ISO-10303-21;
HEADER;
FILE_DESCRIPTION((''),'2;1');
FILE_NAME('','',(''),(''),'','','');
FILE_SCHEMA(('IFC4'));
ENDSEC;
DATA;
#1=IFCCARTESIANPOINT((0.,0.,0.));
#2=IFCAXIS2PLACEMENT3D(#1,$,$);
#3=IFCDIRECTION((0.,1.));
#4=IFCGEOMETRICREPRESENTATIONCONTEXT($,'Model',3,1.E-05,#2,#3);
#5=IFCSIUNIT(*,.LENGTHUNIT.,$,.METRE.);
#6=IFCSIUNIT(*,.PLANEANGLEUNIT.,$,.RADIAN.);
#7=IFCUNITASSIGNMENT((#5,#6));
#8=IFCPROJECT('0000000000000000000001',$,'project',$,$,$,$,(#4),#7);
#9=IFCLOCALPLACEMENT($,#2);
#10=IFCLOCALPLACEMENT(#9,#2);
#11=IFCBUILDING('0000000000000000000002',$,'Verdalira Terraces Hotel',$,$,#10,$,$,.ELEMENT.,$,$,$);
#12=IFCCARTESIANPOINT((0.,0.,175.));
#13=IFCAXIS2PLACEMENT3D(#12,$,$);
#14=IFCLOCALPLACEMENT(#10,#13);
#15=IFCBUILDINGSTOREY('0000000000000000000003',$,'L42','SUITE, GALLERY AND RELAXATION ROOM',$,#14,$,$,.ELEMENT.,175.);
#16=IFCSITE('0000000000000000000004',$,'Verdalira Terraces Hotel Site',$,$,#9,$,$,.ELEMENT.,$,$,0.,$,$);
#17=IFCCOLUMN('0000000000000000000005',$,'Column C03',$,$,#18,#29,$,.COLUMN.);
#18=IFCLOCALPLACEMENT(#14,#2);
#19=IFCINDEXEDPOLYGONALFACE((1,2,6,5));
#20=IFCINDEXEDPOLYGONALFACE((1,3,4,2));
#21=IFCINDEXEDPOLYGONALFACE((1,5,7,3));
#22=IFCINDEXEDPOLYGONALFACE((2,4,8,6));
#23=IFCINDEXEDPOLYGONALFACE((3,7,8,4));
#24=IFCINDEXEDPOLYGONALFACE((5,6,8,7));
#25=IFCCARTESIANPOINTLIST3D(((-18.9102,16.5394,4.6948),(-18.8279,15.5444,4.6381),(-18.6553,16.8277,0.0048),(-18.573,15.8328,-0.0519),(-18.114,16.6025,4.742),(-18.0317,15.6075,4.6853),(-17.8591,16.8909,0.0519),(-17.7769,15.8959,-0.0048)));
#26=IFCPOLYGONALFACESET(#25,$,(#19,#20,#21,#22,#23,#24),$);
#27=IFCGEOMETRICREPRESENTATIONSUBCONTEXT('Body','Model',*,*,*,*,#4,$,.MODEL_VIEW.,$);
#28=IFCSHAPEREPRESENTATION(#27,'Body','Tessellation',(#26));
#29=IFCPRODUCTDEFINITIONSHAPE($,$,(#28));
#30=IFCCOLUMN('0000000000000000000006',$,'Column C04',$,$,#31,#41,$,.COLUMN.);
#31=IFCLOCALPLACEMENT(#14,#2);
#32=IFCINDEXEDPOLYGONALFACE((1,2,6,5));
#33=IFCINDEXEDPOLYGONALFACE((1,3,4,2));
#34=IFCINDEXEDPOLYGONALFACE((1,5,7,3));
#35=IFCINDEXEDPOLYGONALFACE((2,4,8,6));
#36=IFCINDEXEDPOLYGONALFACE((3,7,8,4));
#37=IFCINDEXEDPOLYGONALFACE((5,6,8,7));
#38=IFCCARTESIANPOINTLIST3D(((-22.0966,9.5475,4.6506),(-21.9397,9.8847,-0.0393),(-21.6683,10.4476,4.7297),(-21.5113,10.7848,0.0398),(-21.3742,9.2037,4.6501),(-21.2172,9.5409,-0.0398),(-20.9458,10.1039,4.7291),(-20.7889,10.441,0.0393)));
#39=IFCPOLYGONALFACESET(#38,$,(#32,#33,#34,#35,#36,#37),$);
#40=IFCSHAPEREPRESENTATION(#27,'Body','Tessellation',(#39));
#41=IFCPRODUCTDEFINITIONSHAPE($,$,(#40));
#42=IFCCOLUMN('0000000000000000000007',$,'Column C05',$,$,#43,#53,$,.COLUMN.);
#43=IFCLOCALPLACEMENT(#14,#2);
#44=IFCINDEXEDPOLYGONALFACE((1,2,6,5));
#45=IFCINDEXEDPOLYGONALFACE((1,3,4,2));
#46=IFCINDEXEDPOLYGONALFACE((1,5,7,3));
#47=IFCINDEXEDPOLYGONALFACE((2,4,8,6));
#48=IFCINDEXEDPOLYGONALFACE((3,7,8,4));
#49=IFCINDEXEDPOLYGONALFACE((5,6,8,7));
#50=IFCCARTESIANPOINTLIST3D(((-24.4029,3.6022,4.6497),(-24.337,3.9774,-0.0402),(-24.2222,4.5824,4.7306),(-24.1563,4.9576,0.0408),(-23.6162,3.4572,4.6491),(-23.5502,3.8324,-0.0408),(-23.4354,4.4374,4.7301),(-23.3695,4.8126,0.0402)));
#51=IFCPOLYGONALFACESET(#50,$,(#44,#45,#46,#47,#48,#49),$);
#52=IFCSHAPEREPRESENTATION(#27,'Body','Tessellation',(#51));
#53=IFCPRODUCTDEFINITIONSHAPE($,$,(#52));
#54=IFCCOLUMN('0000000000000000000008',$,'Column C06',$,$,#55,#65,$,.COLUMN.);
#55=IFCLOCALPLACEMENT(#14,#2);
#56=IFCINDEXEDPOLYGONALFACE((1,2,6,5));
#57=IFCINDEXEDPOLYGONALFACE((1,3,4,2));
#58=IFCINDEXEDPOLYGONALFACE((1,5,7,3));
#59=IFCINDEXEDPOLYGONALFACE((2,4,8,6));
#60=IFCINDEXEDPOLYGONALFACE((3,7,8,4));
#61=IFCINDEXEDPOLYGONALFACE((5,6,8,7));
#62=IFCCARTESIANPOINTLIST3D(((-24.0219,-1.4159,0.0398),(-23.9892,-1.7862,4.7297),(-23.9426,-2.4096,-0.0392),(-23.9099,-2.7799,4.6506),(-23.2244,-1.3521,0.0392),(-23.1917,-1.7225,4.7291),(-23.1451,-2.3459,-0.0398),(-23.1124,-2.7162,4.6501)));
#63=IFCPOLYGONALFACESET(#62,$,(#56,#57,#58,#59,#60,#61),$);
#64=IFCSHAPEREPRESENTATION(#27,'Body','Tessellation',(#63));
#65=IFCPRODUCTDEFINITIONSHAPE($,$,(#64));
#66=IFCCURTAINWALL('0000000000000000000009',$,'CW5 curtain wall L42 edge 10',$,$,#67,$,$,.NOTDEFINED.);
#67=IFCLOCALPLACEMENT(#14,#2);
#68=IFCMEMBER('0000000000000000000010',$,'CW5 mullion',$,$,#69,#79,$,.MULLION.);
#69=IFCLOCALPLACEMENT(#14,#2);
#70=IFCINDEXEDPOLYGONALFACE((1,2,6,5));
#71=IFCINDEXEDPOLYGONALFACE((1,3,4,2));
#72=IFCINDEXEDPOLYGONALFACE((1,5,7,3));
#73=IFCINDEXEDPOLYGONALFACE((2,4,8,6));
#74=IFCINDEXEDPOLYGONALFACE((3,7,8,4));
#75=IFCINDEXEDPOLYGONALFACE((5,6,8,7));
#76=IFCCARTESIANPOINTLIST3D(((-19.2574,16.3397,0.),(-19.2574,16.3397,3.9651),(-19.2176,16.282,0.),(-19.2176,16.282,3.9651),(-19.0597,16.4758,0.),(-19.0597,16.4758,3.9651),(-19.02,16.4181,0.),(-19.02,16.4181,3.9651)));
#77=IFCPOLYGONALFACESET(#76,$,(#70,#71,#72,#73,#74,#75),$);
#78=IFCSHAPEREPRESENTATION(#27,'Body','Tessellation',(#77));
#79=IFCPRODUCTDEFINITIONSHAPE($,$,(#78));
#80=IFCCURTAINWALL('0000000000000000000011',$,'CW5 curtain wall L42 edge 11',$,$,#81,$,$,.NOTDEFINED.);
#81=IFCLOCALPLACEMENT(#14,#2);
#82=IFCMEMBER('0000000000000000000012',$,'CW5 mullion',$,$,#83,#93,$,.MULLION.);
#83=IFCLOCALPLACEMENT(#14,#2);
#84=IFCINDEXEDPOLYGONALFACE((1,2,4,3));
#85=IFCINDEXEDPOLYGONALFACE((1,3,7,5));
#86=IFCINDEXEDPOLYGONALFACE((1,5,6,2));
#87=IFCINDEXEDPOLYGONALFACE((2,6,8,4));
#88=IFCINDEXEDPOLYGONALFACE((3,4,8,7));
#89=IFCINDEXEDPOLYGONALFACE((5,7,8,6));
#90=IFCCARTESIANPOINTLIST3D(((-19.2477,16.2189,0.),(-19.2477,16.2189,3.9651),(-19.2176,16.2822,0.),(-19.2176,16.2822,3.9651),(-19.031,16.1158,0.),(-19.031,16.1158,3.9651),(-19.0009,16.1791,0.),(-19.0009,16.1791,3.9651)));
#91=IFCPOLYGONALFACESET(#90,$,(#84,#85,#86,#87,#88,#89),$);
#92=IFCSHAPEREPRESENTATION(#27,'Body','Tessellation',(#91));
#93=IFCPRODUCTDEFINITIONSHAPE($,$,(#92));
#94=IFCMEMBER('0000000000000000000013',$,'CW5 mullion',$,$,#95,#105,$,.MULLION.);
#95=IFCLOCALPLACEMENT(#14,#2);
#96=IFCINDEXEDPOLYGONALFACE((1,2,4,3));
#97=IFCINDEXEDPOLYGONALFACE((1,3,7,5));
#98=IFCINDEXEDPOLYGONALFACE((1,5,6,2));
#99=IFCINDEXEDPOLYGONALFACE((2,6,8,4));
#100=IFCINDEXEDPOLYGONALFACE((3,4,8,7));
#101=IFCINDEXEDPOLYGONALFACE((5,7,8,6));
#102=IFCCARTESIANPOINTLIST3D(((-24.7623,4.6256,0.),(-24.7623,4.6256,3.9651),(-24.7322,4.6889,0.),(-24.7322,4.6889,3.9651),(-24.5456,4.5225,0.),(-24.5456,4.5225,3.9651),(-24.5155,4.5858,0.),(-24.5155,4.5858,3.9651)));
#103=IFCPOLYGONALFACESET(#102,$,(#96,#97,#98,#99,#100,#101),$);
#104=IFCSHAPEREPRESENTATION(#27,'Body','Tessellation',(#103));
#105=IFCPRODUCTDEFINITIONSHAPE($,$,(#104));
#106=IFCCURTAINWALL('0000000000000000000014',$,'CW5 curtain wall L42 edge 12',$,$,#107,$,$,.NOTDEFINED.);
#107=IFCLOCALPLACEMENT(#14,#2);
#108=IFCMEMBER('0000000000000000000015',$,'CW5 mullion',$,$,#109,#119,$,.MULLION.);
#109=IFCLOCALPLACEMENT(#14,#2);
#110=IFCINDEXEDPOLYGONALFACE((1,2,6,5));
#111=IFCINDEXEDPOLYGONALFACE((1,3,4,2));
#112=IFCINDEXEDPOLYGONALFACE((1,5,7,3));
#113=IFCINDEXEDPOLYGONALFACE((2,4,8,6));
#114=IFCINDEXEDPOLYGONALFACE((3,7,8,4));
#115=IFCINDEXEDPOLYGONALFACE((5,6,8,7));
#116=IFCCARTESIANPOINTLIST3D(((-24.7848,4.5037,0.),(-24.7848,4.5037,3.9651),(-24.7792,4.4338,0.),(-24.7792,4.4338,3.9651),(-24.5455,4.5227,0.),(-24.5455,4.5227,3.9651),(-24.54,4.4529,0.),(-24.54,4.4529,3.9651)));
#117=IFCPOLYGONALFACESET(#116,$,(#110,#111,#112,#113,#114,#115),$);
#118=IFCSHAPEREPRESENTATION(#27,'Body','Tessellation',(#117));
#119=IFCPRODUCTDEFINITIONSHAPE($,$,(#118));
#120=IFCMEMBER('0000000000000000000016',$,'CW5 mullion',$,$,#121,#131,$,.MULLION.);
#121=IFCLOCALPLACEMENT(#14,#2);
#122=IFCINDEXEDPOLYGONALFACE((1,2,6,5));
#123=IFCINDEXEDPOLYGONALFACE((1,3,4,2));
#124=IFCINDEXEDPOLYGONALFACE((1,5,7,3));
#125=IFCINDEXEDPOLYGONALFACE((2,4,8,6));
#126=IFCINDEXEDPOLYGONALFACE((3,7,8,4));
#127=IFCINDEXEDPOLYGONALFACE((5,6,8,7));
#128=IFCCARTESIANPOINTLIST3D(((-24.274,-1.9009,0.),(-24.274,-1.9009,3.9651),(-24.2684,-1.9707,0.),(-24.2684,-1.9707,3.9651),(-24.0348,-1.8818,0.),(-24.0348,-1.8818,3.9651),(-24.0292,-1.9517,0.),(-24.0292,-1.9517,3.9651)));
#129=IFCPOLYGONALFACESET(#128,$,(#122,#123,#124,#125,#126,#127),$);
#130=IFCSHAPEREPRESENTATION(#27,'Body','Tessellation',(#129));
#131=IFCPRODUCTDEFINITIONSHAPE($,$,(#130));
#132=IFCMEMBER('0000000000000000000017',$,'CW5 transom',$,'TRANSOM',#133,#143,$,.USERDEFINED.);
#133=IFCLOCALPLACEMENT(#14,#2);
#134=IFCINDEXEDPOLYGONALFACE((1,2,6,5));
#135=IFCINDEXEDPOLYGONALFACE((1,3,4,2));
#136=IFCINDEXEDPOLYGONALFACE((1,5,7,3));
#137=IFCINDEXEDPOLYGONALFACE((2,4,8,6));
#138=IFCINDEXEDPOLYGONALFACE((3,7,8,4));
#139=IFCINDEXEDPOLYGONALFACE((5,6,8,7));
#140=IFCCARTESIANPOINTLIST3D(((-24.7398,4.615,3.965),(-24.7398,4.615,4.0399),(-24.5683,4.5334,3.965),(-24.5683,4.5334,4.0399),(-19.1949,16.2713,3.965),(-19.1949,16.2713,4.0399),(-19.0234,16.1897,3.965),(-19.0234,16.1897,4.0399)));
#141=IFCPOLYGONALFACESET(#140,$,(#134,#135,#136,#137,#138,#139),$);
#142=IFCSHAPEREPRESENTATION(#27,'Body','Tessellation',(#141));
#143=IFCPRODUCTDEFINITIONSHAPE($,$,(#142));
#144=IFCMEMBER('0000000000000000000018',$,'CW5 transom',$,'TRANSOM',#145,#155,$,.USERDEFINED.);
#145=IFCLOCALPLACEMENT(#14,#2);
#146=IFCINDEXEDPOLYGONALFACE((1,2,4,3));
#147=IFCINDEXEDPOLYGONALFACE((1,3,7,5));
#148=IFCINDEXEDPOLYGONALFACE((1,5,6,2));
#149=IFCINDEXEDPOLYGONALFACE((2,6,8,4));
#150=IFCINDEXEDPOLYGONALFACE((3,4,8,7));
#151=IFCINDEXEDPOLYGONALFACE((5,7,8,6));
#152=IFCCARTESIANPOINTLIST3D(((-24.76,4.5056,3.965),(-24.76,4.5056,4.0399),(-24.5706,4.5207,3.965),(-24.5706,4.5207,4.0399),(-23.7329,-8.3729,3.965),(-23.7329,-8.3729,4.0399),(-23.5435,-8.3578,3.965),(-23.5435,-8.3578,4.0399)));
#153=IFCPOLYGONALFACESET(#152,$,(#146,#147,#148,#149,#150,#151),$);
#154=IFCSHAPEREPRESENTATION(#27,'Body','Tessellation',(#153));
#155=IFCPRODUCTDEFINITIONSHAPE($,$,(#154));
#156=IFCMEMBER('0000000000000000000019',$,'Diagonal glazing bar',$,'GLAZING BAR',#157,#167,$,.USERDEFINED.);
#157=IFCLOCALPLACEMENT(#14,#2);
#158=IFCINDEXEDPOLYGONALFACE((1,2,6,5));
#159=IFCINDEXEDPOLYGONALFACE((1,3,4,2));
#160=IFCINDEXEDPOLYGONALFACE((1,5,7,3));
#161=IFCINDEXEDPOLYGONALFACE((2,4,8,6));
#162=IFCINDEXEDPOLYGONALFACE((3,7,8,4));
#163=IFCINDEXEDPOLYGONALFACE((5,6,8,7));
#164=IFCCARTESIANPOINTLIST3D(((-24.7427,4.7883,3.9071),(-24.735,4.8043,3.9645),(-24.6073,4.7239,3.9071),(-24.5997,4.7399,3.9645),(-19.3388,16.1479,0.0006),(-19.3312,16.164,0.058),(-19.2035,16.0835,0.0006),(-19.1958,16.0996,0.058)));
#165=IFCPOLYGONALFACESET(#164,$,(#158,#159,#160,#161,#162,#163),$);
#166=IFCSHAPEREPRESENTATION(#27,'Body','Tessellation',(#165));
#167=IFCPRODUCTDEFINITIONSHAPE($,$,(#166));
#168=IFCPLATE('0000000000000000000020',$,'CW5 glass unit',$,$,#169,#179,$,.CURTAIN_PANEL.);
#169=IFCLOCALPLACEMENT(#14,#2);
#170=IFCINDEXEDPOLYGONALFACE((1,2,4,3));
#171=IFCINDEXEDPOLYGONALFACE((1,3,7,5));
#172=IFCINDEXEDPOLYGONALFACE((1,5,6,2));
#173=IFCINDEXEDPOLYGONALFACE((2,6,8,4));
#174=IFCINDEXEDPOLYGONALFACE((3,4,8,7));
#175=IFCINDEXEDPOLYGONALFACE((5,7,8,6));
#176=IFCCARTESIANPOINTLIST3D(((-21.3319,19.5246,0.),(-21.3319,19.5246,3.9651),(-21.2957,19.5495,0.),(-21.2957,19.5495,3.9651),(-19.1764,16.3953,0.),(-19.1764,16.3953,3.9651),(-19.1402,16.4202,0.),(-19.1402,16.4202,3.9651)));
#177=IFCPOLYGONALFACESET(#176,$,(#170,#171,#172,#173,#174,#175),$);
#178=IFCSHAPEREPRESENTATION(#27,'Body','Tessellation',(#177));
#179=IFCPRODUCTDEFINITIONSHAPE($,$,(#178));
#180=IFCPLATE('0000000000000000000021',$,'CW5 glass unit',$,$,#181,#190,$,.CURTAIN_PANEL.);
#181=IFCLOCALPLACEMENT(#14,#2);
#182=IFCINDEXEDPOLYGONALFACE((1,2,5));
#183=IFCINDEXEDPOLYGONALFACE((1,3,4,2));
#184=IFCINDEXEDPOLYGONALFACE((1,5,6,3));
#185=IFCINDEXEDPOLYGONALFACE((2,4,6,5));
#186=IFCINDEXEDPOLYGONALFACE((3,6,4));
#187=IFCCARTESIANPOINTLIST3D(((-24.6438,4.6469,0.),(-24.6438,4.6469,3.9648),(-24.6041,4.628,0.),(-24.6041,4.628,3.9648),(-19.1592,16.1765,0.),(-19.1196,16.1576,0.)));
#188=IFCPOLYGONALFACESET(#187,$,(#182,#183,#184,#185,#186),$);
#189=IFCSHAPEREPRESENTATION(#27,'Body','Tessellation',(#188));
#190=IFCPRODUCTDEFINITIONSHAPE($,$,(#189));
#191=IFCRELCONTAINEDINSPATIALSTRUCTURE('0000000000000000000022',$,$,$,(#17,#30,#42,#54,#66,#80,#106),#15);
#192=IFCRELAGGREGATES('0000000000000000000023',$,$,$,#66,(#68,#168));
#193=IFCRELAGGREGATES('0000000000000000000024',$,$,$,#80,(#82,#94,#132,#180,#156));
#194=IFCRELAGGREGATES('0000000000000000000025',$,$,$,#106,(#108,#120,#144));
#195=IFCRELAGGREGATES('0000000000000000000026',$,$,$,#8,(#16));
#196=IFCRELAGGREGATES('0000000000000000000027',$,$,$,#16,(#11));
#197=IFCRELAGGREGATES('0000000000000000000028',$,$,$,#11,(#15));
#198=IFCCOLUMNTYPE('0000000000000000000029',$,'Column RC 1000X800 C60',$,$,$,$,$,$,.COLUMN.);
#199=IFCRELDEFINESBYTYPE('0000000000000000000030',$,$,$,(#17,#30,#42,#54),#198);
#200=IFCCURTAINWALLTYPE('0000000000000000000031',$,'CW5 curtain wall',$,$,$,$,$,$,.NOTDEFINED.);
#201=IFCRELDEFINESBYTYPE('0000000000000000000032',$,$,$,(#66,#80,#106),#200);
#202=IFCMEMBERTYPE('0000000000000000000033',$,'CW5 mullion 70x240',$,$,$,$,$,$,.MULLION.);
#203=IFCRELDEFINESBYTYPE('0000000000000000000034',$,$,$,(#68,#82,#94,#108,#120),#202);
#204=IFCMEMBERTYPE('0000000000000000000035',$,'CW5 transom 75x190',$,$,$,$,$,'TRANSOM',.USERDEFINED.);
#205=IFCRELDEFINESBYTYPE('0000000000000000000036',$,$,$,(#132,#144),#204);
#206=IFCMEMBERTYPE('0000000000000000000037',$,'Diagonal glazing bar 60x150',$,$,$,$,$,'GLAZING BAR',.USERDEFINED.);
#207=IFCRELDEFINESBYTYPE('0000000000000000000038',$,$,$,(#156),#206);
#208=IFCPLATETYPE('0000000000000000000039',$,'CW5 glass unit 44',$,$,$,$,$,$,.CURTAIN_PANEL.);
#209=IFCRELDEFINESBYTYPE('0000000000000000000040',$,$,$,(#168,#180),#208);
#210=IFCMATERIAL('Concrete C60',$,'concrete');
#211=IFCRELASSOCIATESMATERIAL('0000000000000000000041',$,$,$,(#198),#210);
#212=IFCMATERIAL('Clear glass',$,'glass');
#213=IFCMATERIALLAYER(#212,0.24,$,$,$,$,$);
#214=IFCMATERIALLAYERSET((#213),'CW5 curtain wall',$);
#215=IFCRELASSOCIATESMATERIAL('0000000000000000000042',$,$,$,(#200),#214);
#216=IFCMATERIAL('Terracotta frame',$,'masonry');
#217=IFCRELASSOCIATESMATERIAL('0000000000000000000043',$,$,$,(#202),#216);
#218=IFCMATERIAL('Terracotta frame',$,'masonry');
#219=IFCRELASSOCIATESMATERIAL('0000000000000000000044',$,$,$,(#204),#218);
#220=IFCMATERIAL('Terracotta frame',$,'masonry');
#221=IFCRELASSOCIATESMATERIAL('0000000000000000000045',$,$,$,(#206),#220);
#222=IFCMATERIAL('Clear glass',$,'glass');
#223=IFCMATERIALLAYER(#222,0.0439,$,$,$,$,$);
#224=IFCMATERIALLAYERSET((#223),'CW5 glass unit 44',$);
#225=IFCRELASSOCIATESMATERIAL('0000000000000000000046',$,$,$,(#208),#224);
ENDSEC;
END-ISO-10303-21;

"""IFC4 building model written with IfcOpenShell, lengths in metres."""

from ifc_helpers import new_model, si_unit, direction, frame, origin, origin_2d, place, context, subcontext, project, spatial, polyline, rectangle, outline, extrude, material, layer, layer_set, material_profile, profile_set, type_object, element, aggregate, save


model = new_model("IFC4")

# Units and contexts
model_context = context("Model", 3, precision=1e-05, world=origin(), true_north=direction((0.0, 1.0)))
body_context = subcontext(model_context, "Body", "Model", "MODEL_VIEW")
ifc_project = project(units=[si_unit("LENGTHUNIT", "METRE"), si_unit("PLANEANGLEUNIT", "RADIAN")], contexts=[model_context])

# Site, building, storey
site_placement = place(None, origin())
site = spatial("IfcSite", under=ifc_project, at=site_placement, Name="Verdalira Terraces Hotel Site", CompositionType="ELEMENT", RefElevation=0.0)
building_placement = place(site_placement, origin())
building = spatial("IfcBuilding", under=site, at=building_placement, Name="Verdalira Terraces Hotel", CompositionType="ELEMENT")
storey_placement = place(building_placement, frame((0.0, 0.0, 175.0)))
storey = spatial("IfcBuildingStorey", under=building, at=storey_placement, Name="L42", Description="SUITE, GALLERY AND RELAXATION ROOM", CompositionType="ELEMENT", Elevation=175.0)

# Columns
ifc_material_1 = material(Name="Concrete C60", Category="concrete")
ifc_material_profile_1 = material_profile(ifc_material_1, rectangle(XDim=1.0, YDim=0.8, at=origin_2d()), Name="RC 1000X800")
ifc_profile_set_1 = profile_set([ifc_material_profile_1], Name="Concrete C60")
column_type = type_object("IfcColumnType", Name="Column RC 1000X800 C60", PredefinedType="COLUMN", material=ifc_profile_set_1)
column_1_placement = place(storey_placement, frame((-18.2161, 16.3618, 0.0), z_axis=(-0.054165, -0.061272, 0.99665), x_axis=(-0.082258, 0.994997, 0.0567)))
element("IfcColumn", 1, at=column_1_placement, inside=storey, type_object=column_type, Name="Column C03", PredefinedType="COLUMN", context=body_context, shape_type="SweptSolid", body=[
    extrude(rectangle(XDim=1.0, YDim=0.8, at=origin_2d()), origin(), (0.0, 0.0, 1.0), 4.7058),
])
column_2_placement = place(storey_placement, frame((-21.3643, 10.1628, 0.0), z_axis=(-0.033367, -0.071665, 0.99687), x_axis=(-0.428377, -0.900136, -0.079049)))
element("IfcColumn", 2, at=column_2_placement, inside=storey, type_object=column_type, Name="Column C04", PredefinedType="COLUMN", context=body_context, shape_type="SweptSolid", body=[
    extrude(rectangle(XDim=1.0, YDim=0.8, at=origin_2d()), origin(), (0.0, 0.0, 1.0), 4.7046),
])
column_3_placement = place(storey_placement, frame((-23.8533, 4.395, 0.0), z_axis=(-0.014009, -0.079748, 0.996717), x_axis=(0.180722, 0.980196, 0.080966)))
element("IfcColumn", 3, at=column_3_placement, inside=storey, type_object=column_type, Name="Column C05", PredefinedType="COLUMN", context=body_context, shape_type="SweptSolid", body=[
    extrude(rectangle(XDim=1.0, YDim=0.8, at=origin_2d()), origin(), (0.0, 0.0, 1.0), 4.7053),
])
column_4_placement = place(storey_placement, frame((-23.5835, -1.8809, 0.0), z_axis=(0.006954, -0.078722, 0.996872), x_axis=(0.07934, -0.99371, -0.079026)))
element("IfcColumn", 4, at=column_4_placement, inside=storey, type_object=column_type, Name="Column C06", PredefinedType="COLUMN", context=body_context, shape_type="SweptSolid", body=[
    extrude(rectangle(XDim=1.0, YDim=0.8, at=origin_2d()), origin(), (0.0, 0.0, 1.0), 4.7046),
])

# Curtain wall, member
ifc_material_2 = material(Name="Clear glass", Category="glass")
ifc_layer_1 = layer(ifc_material_2, 0.24)
ifc_layer_set_1 = layer_set([ifc_layer_1], Name="CW5 curtain wall")
curtain_wall_type = type_object("IfcCurtainWallType", Name="CW5 curtain wall", PredefinedType="NOTDEFINED", material=ifc_layer_set_1)
curtain_wall_1_placement = place(storey_placement, origin())
curtain_wall_1 = element("IfcCurtainWall", 5, at=curtain_wall_1_placement, inside=storey, type_object=curtain_wall_type, Name="CW5 curtain wall L42 edge 10", PredefinedType="NOTDEFINED")
ifc_material_3 = material(Name="Terracotta frame", Category="masonry")
ifc_material_profile_2 = material_profile(ifc_material_3, rectangle(XDim=0.0701, YDim=0.24, at=origin_2d()), Name="MU 70x240")
ifc_profile_set_2 = profile_set([ifc_material_profile_2], Name="Terracotta frame")
member_type_1 = type_object("IfcMemberType", Name="CW5 mullion 70x240", PredefinedType="MULLION", material=ifc_profile_set_2)
member_1_placement = place(storey_placement, frame((-19.1387, 16.3789, 0.0), z_axis=(0.0, 0.0, 1.0), x_axis=(0.567269, -0.823533, 0.0)))
member_1 = element("IfcMember", 6, at=member_1_placement, type_object=member_type_1, Name="CW5 mullion", PredefinedType="MULLION", context=body_context, shape_type="SweptSolid", body=[
    extrude(rectangle(XDim=0.0701, YDim=0.24, at=origin_2d()), origin(), (0.0, 0.0, 1.0), 3.9651),
])

# Curtain walls, members
curtain_wall_2_placement = place(storey_placement, origin())
curtain_wall_2 = element("IfcCurtainWall", 7, at=curtain_wall_2_placement, inside=storey, type_object=curtain_wall_type, Name="CW5 curtain wall L42 edge 11", PredefinedType="NOTDEFINED")
member_2_placement = place(storey_placement, frame((-19.1243, 16.199, 0.0), z_axis=(0.0, 0.0, 1.0), x_axis=(-0.429566, -0.903036, 0.0)))
member_2 = element("IfcMember", 8, at=member_2_placement, type_object=member_type_1, Name="CW5 mullion", PredefinedType="MULLION", context=body_context, shape_type="SweptSolid", body=[
    extrude(rectangle(XDim=0.0701, YDim=0.24, at=origin_2d()), origin(), (0.0, 0.0, 1.0), 3.9651),
])
member_3_placement = place(storey_placement, frame((-24.6389, 4.6057, 0.0), z_axis=(0.0, 0.0, 1.0), x_axis=(-0.429566, -0.903036, 0.0)))
member_3 = element("IfcMember", 9, at=member_3_placement, type_object=member_type_1, Name="CW5 mullion", PredefinedType="MULLION", context=body_context, shape_type="SweptSolid", body=[
    extrude(rectangle(XDim=0.0701, YDim=0.24, at=origin_2d()), origin(), (0.0, 0.0, 1.0), 3.9651),
])
curtain_wall_3_placement = place(storey_placement, origin())
curtain_wall_3 = element("IfcCurtainWall", 10, at=curtain_wall_3_placement, inside=storey, type_object=curtain_wall_type, Name="CW5 curtain wall L42 edge 12", PredefinedType="NOTDEFINED")
member_4_placement = place(storey_placement, frame((-24.6624, 4.4783, 0.0), z_axis=(0.0, 0.0, 1.0), x_axis=(0.079503, -0.996835, 0.0)))
member_4 = element("IfcMember", 11, at=member_4_placement, type_object=member_type_1, Name="CW5 mullion", PredefinedType="MULLION", context=body_context, shape_type="SweptSolid", body=[
    extrude(rectangle(XDim=0.0701, YDim=0.24, at=origin_2d()), origin(), (0.0, 0.0, 1.0), 3.9651),
])
member_5_placement = place(storey_placement, frame((-24.1516, -1.9263, 0.0), z_axis=(0.0, 0.0, 1.0), x_axis=(0.079503, -0.996835, 0.0)))
member_5 = element("IfcMember", 12, at=member_5_placement, type_object=member_type_1, Name="CW5 mullion", PredefinedType="MULLION", context=body_context, shape_type="SweptSolid", body=[
    extrude(rectangle(XDim=0.0701, YDim=0.24, at=origin_2d()), origin(), (0.0, 0.0, 1.0), 3.9651),
])

# Members
ifc_material_4 = material(Name="Terracotta frame", Category="masonry")
ifc_material_profile_3 = material_profile(ifc_material_4, rectangle(XDim=0.1899, YDim=0.075, at=origin_2d()), Name="TR 75x190")
ifc_profile_set_3 = profile_set([ifc_material_profile_3], Name="Terracotta frame")
member_type_2 = type_object("IfcMemberType", Name="CW5 transom 75x190", ElementType="TRANSOM", PredefinedType="USERDEFINED", material=ifc_profile_set_3)
member_6_placement = place(storey_placement, frame((-19.1091, 16.2305, 4.0024), z_axis=(-0.429575, -0.903031, 0.0), x_axis=(0.903031, -0.429575, 0.0)))
member_6 = element("IfcMember", 13, at=member_6_placement, type_object=member_type_2, Name="CW5 transom", ObjectType="TRANSOM", PredefinedType="USERDEFINED", context=body_context, shape_type="SweptSolid", body=[
    extrude(rectangle(XDim=0.1899, YDim=0.075, at=origin_2d()), origin(), (0.0, 0.0, 1.0), 12.908),
])
member_7_placement = place(storey_placement, frame((-24.6653, 4.5132, 4.0024), z_axis=(0.0795, -0.996835, 0.0), x_axis=(0.996835, 0.0795, 0.0)))
member_7 = element("IfcMember", 14, at=member_7_placement, type_object=member_type_2, Name="CW5 transom", ObjectType="TRANSOM", PredefinedType="USERDEFINED", context=body_context, shape_type="SweptSolid", body=[
    extrude(rectangle(XDim=0.1899, YDim=0.075, at=origin_2d()), origin(), (0.0, 0.0, 1.0), 12.9194),
])
ifc_material_5 = material(Name="Terracotta frame", Category="masonry")
ifc_material_profile_4 = material_profile(ifc_material_5, rectangle(XDim=0.1499, YDim=0.0601, at=origin_2d()), Name="GB 60x150")
ifc_profile_set_4 = profile_set([ifc_material_profile_4], Name="Terracotta frame")
member_type_3 = type_object("IfcMemberType", Name="Diagonal glazing bar 60x150", ElementType="GLAZING BAR", PredefinedType="USERDEFINED", material=ifc_profile_set_4)
member_8_placement = place(storey_placement, frame((-19.2673, 16.1238, 0.0293), z_axis=(-0.410248, -0.862404, 0.296575), x_axis=(0.903031, -0.429575, 0.0)))
member_8 = element("IfcMember", 15, at=member_8_placement, type_object=member_type_3, Name="Diagonal glazing bar", ObjectType="GLAZING BAR", PredefinedType="USERDEFINED", context=body_context, shape_type="SweptSolid", body=[
    extrude(rectangle(XDim=0.1499, YDim=0.0601, at=origin_2d()), origin(), (0.0, 0.0, 1.0), 13.1721),
])

# Plates
ifc_material_6 = material(Name="Clear glass", Category="glass")
ifc_layer_2 = layer(ifc_material_6, 0.0439)
ifc_layer_set_2 = layer_set([ifc_layer_2], Name="CW5 glass unit 44")
plate_type = type_object("IfcPlateType", Name="CW5 glass unit 44", PredefinedType="CURTAIN_PANEL", material=ifc_layer_set_2)
plate_1_placement = place(storey_placement, frame((-20.2361, 17.9724, 0.0), z_axis=(0.0, 0.0, 1.0), x_axis=(0.567269, -0.823533, 0.0)))
plate_1 = element("IfcPlate", 16, at=plate_1_placement, type_object=plate_type, Name="CW5 glass unit", PredefinedType="CURTAIN_PANEL", context=body_context, shape_type="SweptSolid", body=[
    extrude(rectangle(XDim=3.7998, YDim=0.0439, at=origin_2d()), origin(), (0.0, 0.0, 1.0), 3.9651),
])
aggregate(curtain_wall_1, [member_1, plate_1])
plate_2_placement = place(storey_placement, frame((-21.8618, 10.3928, 1.9824), z_axis=(-0.903036, 0.429566, 0.0), x_axis=(-0.429566, -0.903036, 0.0)))
plate_2 = element("IfcPlate", 17, at=plate_2_placement, type_object=plate_type, Name="CW5 glass unit", PredefinedType="CURTAIN_PANEL", context=body_context, shape_type="SweptSolid", body=[
    extrude(outline(polyline([(-6.3838, -1.9824), (6.3838, -1.9824), (6.3838, 1.9824), (-6.3838, -1.9824)])), origin(), (0.0, 0.0, 1.0), 0.0439),
])
aggregate(curtain_wall_2, [member_2, member_3, member_6, plate_2, member_8])
aggregate(curtain_wall_3, [member_4, member_5, member_7])

save(model, "model.ifc")
